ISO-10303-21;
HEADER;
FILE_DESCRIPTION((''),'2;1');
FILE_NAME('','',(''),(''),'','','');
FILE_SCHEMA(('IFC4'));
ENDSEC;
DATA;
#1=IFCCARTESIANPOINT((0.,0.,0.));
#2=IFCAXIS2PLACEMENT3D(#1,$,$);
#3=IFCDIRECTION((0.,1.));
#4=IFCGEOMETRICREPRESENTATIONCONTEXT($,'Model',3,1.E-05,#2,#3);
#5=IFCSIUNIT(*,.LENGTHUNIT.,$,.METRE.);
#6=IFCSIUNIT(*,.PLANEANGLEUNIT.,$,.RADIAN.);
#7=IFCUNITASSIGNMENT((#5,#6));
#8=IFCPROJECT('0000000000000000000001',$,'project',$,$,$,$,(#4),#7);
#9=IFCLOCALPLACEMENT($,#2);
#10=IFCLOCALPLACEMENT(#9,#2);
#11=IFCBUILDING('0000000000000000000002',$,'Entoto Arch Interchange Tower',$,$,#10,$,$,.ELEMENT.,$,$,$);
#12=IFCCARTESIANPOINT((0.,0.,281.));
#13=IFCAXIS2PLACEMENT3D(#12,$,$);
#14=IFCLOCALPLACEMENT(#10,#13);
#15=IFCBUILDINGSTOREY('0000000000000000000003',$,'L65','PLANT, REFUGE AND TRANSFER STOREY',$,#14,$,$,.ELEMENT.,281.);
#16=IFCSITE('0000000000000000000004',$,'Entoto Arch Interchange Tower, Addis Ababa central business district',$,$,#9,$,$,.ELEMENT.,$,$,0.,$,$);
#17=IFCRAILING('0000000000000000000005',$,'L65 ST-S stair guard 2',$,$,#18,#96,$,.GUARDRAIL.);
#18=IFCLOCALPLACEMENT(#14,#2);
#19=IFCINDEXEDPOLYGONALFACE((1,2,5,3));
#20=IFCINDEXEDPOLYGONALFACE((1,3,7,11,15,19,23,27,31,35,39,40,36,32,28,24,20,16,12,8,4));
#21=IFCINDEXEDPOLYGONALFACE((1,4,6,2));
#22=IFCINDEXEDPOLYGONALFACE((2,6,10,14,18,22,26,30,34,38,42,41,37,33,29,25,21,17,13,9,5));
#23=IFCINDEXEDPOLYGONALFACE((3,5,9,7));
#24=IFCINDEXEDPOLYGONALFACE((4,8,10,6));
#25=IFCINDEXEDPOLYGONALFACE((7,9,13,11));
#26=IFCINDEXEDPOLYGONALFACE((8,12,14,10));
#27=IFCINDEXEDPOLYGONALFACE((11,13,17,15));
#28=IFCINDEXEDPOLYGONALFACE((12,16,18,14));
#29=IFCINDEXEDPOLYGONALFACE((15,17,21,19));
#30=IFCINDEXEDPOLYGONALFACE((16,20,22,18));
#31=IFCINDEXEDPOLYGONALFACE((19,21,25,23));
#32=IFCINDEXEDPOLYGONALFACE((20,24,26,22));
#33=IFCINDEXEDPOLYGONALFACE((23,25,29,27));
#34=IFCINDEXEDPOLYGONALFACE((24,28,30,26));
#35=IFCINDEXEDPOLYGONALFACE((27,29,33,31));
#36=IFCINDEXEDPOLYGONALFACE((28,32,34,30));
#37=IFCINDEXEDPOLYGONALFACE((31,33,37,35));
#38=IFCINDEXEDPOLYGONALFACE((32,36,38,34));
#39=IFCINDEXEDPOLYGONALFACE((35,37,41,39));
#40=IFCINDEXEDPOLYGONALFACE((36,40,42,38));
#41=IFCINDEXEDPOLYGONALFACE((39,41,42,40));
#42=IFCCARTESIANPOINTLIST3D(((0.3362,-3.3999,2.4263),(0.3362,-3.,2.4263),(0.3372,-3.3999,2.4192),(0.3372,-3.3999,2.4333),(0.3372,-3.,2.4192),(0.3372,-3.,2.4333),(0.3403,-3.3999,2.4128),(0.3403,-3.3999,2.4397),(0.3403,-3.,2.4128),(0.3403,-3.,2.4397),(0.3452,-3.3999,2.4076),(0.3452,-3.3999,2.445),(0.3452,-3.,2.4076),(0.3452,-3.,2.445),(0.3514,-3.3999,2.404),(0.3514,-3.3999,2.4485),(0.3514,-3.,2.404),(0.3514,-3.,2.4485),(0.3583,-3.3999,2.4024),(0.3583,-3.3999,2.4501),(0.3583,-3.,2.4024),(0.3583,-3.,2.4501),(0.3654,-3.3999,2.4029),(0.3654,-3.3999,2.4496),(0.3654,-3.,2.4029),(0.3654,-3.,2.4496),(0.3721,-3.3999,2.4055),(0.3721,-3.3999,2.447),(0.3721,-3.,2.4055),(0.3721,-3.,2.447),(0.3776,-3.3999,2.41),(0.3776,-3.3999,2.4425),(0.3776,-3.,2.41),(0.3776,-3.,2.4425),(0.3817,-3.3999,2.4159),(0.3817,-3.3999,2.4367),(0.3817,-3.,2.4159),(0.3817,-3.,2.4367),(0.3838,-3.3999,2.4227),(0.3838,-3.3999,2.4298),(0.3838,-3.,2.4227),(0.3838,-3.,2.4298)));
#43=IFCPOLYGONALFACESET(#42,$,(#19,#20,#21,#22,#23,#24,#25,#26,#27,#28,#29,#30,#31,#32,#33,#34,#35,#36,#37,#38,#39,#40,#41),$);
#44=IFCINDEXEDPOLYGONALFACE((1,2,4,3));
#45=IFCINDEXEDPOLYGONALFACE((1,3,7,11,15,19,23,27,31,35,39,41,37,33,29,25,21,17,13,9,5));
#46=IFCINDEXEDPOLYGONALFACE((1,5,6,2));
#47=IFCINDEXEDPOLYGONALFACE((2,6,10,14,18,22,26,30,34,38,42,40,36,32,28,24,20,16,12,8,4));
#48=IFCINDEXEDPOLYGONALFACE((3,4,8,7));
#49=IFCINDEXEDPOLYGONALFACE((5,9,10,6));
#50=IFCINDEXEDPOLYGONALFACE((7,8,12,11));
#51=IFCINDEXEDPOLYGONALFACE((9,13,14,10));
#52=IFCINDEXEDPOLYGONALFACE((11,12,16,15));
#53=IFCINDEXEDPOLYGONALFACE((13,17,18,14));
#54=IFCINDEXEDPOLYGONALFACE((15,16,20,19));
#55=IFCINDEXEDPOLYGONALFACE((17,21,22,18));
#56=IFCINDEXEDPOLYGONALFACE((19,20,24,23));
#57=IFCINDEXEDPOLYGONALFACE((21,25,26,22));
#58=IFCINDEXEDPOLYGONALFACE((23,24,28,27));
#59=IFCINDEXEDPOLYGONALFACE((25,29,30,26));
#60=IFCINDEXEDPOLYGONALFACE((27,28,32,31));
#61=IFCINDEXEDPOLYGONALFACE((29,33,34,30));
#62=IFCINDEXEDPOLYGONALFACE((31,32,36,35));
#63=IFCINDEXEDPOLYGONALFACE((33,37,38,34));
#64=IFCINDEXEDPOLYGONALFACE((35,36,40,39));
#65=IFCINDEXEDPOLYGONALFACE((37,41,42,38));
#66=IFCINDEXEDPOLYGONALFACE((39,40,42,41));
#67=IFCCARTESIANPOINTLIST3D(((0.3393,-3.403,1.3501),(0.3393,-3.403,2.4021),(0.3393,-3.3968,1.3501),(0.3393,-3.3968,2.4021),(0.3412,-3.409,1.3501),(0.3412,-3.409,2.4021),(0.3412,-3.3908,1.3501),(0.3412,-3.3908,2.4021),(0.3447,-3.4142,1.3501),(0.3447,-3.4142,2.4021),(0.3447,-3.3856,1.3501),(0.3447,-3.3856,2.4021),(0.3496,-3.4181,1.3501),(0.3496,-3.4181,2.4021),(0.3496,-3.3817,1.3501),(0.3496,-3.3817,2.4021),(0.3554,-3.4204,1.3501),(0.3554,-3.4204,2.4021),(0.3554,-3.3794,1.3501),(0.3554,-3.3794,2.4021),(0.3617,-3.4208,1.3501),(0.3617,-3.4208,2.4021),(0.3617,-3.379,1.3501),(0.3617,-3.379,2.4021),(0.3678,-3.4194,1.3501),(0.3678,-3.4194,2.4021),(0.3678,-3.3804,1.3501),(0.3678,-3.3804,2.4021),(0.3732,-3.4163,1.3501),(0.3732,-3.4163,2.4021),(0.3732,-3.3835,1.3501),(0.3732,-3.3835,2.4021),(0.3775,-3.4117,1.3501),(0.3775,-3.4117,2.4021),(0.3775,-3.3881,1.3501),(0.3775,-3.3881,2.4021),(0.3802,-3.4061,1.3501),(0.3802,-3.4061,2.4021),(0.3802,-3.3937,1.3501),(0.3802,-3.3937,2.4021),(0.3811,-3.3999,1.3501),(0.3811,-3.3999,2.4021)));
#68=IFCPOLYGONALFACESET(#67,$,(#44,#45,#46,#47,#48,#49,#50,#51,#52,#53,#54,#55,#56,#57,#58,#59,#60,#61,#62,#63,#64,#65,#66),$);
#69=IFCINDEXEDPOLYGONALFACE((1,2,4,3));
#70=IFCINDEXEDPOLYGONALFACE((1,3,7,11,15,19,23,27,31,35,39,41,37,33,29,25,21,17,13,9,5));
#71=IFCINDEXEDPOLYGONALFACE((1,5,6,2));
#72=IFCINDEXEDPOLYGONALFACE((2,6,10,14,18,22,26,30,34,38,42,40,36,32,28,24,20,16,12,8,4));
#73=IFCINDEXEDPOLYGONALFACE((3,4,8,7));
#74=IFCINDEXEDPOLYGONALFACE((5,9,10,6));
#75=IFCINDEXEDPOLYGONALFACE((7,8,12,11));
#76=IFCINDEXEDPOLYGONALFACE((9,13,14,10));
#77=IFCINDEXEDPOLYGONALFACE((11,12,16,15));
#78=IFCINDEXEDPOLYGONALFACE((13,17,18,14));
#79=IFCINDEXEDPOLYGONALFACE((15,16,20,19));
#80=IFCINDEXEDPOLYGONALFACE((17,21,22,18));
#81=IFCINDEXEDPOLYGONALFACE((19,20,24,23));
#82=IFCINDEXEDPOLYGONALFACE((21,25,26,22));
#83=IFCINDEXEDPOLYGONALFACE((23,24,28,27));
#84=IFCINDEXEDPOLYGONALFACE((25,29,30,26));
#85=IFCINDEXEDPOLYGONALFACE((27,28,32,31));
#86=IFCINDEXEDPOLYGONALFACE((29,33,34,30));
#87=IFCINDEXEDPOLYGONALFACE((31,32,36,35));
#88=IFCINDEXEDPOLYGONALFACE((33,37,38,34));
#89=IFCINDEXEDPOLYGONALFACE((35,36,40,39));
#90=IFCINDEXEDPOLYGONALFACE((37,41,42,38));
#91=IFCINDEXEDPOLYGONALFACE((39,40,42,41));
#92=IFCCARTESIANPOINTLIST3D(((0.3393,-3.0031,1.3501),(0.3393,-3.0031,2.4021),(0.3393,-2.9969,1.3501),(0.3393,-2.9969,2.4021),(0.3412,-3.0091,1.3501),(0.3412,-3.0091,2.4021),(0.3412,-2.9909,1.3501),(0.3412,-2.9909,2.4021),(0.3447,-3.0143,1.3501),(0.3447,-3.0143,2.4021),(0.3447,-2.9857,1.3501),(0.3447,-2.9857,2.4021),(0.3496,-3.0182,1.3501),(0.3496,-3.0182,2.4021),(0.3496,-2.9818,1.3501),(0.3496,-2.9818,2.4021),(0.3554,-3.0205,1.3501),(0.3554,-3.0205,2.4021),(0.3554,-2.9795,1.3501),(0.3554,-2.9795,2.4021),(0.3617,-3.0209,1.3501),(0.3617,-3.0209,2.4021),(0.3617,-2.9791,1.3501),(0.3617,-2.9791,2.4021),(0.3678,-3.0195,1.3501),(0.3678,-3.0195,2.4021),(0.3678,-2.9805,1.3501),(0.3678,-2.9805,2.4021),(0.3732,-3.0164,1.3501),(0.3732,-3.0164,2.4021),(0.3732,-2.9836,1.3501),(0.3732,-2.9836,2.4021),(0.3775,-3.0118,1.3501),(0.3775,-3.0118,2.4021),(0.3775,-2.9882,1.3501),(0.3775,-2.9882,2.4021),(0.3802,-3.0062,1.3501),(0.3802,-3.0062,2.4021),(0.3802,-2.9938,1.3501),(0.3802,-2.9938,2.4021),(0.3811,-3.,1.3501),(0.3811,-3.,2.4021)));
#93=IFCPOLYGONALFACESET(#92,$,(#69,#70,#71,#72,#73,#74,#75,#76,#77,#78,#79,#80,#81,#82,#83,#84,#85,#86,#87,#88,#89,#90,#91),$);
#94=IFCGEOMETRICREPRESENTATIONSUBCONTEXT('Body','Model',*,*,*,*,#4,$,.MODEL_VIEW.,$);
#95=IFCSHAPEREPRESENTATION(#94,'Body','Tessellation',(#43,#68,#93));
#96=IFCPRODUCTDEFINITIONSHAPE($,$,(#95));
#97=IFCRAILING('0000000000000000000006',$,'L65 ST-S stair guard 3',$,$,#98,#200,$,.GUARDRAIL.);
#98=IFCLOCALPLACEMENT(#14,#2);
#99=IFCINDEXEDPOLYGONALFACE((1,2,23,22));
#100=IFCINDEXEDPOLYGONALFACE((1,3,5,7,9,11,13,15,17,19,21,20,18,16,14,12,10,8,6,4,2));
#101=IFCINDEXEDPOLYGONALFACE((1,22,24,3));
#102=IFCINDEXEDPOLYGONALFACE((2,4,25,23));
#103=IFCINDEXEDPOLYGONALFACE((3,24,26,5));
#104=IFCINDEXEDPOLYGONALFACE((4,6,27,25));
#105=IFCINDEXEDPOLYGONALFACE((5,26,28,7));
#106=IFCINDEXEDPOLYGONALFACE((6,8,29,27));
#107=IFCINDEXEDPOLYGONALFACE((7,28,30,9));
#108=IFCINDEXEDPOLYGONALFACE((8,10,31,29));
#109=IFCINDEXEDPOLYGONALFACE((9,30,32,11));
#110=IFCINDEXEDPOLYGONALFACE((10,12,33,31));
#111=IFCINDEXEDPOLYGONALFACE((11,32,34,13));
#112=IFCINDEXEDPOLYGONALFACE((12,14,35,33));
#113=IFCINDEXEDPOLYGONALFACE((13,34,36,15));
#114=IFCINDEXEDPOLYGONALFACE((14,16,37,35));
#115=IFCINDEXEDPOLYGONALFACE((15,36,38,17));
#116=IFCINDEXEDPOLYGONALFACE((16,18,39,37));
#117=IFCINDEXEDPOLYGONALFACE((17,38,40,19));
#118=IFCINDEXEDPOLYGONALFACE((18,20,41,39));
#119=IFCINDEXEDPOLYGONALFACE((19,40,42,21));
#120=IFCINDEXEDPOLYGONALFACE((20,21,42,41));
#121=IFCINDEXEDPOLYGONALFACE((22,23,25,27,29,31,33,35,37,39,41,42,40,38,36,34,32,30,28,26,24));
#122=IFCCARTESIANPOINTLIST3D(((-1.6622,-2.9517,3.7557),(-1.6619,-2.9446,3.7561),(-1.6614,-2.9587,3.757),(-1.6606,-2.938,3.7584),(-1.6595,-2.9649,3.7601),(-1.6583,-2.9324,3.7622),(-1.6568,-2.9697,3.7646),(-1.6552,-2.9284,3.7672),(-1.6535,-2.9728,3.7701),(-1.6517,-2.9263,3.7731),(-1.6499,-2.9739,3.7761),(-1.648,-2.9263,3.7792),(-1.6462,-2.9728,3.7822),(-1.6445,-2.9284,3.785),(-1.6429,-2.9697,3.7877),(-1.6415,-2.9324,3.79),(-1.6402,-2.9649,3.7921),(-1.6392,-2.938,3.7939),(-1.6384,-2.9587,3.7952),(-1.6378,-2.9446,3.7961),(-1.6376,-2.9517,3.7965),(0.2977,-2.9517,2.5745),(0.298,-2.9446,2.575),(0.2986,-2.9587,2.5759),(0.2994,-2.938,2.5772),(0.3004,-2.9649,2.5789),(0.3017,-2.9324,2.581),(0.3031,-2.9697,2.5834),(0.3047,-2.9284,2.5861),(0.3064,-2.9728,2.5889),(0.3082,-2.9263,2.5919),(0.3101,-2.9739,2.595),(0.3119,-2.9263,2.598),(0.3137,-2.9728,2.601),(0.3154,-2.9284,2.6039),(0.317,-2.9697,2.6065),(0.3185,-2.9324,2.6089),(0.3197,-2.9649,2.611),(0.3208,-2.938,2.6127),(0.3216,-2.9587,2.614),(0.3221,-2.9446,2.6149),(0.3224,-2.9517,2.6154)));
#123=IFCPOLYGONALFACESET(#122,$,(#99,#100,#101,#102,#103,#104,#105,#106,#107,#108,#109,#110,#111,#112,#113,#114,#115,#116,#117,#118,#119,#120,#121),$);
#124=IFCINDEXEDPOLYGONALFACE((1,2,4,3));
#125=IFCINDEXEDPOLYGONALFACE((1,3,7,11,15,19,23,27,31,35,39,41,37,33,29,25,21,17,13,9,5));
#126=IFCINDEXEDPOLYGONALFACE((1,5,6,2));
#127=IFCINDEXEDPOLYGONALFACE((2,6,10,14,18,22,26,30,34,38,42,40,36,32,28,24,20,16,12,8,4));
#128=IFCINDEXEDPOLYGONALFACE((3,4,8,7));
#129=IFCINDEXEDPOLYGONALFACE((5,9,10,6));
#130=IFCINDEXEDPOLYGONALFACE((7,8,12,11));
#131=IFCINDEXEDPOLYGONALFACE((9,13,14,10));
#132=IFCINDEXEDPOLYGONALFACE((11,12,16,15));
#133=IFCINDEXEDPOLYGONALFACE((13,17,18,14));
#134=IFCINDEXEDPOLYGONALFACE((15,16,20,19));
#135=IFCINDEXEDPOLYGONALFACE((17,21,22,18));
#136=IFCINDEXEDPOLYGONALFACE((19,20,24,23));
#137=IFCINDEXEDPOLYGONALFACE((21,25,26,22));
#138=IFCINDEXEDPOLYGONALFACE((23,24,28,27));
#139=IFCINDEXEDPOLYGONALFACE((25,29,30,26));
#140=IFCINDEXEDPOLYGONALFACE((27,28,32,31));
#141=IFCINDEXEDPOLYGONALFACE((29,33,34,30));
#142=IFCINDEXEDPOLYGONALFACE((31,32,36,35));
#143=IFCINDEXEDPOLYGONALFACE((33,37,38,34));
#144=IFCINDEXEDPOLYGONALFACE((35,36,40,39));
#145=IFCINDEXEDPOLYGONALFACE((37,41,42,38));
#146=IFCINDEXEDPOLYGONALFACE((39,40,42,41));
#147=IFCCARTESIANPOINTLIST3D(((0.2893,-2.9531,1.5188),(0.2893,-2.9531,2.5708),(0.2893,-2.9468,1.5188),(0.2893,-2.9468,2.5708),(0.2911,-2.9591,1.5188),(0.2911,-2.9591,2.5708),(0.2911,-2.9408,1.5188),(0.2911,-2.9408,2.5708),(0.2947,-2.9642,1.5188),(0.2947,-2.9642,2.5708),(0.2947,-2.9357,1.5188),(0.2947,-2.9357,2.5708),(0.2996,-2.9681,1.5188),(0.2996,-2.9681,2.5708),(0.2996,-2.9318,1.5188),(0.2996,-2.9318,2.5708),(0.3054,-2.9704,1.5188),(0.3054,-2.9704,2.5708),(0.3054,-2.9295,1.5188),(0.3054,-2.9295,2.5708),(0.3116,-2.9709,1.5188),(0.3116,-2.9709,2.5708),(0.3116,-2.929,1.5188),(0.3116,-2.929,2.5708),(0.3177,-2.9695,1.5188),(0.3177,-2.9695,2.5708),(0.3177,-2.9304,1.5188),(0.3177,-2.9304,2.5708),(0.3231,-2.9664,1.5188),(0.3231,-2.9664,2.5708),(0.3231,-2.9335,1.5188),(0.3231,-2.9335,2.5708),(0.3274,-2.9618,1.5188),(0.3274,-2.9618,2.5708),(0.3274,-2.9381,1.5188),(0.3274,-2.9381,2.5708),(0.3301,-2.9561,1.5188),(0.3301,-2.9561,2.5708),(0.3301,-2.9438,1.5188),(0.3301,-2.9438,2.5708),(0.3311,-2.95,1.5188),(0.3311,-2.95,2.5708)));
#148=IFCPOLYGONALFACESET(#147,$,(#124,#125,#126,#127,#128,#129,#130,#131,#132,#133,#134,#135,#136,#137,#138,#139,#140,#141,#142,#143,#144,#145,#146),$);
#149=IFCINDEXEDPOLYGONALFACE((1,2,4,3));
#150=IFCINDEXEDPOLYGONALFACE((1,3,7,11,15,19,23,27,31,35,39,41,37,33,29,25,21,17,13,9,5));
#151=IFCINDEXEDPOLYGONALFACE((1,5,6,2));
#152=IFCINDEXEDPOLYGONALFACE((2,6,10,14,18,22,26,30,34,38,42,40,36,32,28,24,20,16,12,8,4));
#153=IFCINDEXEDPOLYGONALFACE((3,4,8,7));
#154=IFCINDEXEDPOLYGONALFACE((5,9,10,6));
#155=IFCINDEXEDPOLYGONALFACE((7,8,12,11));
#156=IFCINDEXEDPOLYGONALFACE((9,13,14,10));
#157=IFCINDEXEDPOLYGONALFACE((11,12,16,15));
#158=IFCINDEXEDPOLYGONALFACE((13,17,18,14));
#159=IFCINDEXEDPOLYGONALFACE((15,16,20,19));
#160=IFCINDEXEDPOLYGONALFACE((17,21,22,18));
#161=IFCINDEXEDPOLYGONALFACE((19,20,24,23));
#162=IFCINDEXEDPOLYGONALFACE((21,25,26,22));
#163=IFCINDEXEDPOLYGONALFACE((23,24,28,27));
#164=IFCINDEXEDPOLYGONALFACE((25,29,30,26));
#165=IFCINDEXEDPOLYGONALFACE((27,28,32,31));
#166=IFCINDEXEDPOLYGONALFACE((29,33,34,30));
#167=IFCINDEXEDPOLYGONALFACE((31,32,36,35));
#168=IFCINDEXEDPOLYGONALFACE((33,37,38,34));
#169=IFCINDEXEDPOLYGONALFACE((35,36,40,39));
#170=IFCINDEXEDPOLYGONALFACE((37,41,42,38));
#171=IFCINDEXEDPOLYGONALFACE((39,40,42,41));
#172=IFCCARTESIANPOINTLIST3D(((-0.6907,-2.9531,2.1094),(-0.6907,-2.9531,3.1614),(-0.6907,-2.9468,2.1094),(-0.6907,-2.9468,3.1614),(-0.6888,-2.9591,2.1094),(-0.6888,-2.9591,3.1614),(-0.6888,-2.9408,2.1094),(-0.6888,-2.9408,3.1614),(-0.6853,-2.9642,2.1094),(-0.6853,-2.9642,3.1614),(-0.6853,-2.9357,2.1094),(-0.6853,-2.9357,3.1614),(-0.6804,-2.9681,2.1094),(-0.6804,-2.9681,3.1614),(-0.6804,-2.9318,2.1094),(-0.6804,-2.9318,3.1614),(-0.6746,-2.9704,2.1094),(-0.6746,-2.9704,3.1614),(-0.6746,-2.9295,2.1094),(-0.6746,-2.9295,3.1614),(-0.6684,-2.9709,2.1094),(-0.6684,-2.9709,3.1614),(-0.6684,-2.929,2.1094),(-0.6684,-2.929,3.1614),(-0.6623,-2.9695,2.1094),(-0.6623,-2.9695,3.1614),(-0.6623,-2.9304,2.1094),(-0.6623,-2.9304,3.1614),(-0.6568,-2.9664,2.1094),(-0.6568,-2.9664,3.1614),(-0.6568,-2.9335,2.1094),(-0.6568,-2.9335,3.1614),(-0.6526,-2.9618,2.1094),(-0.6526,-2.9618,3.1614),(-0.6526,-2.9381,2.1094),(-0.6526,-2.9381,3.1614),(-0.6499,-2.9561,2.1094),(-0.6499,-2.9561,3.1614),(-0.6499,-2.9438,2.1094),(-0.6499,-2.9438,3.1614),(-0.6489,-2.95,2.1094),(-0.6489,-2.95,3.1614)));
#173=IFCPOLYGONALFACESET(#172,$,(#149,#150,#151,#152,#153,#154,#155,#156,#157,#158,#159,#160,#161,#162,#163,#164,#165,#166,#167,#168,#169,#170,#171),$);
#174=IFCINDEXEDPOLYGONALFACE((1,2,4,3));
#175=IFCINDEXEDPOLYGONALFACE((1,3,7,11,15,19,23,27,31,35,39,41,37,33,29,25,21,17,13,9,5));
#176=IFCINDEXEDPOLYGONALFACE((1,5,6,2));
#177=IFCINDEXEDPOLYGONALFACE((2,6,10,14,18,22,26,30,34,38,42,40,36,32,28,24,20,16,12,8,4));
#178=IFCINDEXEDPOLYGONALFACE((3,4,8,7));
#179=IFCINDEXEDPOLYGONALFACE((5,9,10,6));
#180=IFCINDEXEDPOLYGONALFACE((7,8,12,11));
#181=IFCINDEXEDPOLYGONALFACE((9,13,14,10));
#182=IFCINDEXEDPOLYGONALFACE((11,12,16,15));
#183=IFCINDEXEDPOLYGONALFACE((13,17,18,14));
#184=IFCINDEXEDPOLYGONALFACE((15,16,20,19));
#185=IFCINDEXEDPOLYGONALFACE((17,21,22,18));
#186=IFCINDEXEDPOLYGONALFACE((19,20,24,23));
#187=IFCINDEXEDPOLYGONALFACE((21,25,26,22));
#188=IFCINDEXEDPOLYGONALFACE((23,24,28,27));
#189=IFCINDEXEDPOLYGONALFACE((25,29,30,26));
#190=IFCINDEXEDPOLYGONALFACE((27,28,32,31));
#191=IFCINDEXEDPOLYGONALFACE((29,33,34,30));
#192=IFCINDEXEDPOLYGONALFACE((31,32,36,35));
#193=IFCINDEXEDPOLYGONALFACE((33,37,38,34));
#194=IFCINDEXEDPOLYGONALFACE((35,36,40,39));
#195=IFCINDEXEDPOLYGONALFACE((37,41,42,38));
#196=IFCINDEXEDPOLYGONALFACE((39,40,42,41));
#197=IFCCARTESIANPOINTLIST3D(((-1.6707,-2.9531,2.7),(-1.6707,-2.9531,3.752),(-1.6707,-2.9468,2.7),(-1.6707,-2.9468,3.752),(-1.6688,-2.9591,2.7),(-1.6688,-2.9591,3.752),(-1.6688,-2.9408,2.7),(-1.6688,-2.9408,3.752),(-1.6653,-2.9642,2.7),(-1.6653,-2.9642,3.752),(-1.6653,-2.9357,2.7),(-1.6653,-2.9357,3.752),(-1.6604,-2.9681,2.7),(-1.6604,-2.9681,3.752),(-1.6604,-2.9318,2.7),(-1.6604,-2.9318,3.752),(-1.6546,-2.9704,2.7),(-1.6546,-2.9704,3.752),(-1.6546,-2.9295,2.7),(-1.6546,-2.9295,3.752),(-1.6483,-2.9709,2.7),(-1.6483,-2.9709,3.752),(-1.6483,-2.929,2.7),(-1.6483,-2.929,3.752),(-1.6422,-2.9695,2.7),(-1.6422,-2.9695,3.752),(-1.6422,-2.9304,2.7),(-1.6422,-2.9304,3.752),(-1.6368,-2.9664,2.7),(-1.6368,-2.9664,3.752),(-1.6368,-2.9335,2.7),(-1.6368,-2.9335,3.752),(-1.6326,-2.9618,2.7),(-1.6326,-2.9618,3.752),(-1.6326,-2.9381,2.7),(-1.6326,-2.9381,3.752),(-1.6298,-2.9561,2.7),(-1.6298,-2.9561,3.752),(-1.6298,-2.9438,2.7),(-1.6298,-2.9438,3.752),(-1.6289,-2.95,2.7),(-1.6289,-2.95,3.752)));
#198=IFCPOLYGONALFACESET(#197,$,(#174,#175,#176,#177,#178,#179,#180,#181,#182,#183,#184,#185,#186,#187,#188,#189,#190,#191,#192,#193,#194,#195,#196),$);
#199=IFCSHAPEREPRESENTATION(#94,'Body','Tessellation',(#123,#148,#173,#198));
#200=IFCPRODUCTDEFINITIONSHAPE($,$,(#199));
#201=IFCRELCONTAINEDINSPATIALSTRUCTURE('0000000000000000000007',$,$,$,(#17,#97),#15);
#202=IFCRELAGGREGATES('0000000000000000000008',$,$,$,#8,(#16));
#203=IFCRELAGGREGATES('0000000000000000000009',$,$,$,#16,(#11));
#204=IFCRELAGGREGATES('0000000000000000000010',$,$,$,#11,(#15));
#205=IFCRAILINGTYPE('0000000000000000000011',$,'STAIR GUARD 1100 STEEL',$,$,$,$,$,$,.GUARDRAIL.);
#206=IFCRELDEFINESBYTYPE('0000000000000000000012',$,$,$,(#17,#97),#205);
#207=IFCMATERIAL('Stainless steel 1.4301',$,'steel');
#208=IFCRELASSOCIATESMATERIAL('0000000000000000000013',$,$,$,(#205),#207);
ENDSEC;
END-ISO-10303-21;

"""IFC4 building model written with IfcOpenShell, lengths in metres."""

from ifc_helpers import new_model, si_unit, direction, frame, origin, origin_2d, place, context, subcontext, project, spatial, circle, extrude, material, type_object, element, save


model = new_model("IFC4")

# Units and contexts
model_context = context("Model", 3, precision=1e-05, world=origin(), true_north=direction((0.0, 1.0)))
body_context = subcontext(model_context, "Body", "Model", "MODEL_VIEW")
ifc_project = project(units=[si_unit("LENGTHUNIT", "METRE"), si_unit("PLANEANGLEUNIT", "RADIAN")], contexts=[model_context])

# Site, building, storey
site_placement = place(None, origin())
site = spatial("IfcSite", under=ifc_project, at=site_placement, Name="Entoto Arch Interchange Tower, Addis Ababa central business district", CompositionType="ELEMENT", RefElevation=0.0)
building_placement = place(site_placement, origin())
building = spatial("IfcBuilding", under=site, at=building_placement, Name="Entoto Arch Interchange Tower", CompositionType="ELEMENT")
storey_placement = place(building_placement, frame((0.0, 0.0, 281.0)))
storey = spatial("IfcBuildingStorey", under=building, at=storey_placement, Name="L65", Description="PLANT, REFUGE AND TRANSFER STOREY", CompositionType="ELEMENT", Elevation=281.0)

# Railings
ifc_material_1 = material(Name="Stainless steel 1.4301", Category="steel")
railing_type_1 = type_object("IfcRailingType", Name="STAIR GUARD 1100 STEEL", PredefinedType="GUARDRAIL", material=ifc_material_1)
railing_1_placement = place(storey_placement, frame((0.3601, -3.3999, 1.3501)))
element("IfcRailing", 1, at=railing_1_placement, inside=storey, type_object=railing_type_1, Name="L65 ST-S stair guard 2", PredefinedType="GUARDRAIL", context=body_context, shape_type="SweptSolid", body=[
    extrude(circle(Radius=0.0239, at=origin_2d()), frame((0.0, 0.0, 1.0762), z_axis=(0.0, 1.0, 0.0), x_axis=(-1.0, 0.0, 0.0)), (0.0, 0.0, 1.0), 0.3999),
    extrude(circle(Radius=0.021, at=origin_2d()), origin(), (0.0, 0.0, 1.0), 1.052),
    extrude(circle(Radius=0.021, at=origin_2d()), frame((0.0, 0.3999, 0.0)), (0.0, 0.0, 1.0), 1.052),
])
railing_2_placement = place(storey_placement, frame((0.3101, -2.95, 1.5188)))
element("IfcRailing", 2, at=railing_2_placement, inside=storey, type_object=railing_type_1, Name="L65 ST-S stair guard 3", PredefinedType="GUARDRAIL", context=body_context, shape_type="SweptSolid", body=[
    extrude(circle(Radius=0.0239, at=origin_2d()), frame((0.0, 0.0, 1.0762), z_axis=(-0.856493, 0.0, 0.516158), x_axis=(0.0, -1.0, 0.0)), (0.0, 0.0, 1.0), 2.2883),
    extrude(circle(Radius=0.021, at=origin_2d()), origin(), (0.0, 0.0, 1.0), 1.052),
    extrude(circle(Radius=0.021, at=origin_2d()), frame((-0.98, 0.0, 0.5906)), (0.0, 0.0, 1.0), 1.052),
    extrude(circle(Radius=0.021, at=origin_2d()), frame((-1.96, 0.0, 1.1812)), (0.0, 0.0, 1.0), 1.052),
])

save(model, "model.ifc")
